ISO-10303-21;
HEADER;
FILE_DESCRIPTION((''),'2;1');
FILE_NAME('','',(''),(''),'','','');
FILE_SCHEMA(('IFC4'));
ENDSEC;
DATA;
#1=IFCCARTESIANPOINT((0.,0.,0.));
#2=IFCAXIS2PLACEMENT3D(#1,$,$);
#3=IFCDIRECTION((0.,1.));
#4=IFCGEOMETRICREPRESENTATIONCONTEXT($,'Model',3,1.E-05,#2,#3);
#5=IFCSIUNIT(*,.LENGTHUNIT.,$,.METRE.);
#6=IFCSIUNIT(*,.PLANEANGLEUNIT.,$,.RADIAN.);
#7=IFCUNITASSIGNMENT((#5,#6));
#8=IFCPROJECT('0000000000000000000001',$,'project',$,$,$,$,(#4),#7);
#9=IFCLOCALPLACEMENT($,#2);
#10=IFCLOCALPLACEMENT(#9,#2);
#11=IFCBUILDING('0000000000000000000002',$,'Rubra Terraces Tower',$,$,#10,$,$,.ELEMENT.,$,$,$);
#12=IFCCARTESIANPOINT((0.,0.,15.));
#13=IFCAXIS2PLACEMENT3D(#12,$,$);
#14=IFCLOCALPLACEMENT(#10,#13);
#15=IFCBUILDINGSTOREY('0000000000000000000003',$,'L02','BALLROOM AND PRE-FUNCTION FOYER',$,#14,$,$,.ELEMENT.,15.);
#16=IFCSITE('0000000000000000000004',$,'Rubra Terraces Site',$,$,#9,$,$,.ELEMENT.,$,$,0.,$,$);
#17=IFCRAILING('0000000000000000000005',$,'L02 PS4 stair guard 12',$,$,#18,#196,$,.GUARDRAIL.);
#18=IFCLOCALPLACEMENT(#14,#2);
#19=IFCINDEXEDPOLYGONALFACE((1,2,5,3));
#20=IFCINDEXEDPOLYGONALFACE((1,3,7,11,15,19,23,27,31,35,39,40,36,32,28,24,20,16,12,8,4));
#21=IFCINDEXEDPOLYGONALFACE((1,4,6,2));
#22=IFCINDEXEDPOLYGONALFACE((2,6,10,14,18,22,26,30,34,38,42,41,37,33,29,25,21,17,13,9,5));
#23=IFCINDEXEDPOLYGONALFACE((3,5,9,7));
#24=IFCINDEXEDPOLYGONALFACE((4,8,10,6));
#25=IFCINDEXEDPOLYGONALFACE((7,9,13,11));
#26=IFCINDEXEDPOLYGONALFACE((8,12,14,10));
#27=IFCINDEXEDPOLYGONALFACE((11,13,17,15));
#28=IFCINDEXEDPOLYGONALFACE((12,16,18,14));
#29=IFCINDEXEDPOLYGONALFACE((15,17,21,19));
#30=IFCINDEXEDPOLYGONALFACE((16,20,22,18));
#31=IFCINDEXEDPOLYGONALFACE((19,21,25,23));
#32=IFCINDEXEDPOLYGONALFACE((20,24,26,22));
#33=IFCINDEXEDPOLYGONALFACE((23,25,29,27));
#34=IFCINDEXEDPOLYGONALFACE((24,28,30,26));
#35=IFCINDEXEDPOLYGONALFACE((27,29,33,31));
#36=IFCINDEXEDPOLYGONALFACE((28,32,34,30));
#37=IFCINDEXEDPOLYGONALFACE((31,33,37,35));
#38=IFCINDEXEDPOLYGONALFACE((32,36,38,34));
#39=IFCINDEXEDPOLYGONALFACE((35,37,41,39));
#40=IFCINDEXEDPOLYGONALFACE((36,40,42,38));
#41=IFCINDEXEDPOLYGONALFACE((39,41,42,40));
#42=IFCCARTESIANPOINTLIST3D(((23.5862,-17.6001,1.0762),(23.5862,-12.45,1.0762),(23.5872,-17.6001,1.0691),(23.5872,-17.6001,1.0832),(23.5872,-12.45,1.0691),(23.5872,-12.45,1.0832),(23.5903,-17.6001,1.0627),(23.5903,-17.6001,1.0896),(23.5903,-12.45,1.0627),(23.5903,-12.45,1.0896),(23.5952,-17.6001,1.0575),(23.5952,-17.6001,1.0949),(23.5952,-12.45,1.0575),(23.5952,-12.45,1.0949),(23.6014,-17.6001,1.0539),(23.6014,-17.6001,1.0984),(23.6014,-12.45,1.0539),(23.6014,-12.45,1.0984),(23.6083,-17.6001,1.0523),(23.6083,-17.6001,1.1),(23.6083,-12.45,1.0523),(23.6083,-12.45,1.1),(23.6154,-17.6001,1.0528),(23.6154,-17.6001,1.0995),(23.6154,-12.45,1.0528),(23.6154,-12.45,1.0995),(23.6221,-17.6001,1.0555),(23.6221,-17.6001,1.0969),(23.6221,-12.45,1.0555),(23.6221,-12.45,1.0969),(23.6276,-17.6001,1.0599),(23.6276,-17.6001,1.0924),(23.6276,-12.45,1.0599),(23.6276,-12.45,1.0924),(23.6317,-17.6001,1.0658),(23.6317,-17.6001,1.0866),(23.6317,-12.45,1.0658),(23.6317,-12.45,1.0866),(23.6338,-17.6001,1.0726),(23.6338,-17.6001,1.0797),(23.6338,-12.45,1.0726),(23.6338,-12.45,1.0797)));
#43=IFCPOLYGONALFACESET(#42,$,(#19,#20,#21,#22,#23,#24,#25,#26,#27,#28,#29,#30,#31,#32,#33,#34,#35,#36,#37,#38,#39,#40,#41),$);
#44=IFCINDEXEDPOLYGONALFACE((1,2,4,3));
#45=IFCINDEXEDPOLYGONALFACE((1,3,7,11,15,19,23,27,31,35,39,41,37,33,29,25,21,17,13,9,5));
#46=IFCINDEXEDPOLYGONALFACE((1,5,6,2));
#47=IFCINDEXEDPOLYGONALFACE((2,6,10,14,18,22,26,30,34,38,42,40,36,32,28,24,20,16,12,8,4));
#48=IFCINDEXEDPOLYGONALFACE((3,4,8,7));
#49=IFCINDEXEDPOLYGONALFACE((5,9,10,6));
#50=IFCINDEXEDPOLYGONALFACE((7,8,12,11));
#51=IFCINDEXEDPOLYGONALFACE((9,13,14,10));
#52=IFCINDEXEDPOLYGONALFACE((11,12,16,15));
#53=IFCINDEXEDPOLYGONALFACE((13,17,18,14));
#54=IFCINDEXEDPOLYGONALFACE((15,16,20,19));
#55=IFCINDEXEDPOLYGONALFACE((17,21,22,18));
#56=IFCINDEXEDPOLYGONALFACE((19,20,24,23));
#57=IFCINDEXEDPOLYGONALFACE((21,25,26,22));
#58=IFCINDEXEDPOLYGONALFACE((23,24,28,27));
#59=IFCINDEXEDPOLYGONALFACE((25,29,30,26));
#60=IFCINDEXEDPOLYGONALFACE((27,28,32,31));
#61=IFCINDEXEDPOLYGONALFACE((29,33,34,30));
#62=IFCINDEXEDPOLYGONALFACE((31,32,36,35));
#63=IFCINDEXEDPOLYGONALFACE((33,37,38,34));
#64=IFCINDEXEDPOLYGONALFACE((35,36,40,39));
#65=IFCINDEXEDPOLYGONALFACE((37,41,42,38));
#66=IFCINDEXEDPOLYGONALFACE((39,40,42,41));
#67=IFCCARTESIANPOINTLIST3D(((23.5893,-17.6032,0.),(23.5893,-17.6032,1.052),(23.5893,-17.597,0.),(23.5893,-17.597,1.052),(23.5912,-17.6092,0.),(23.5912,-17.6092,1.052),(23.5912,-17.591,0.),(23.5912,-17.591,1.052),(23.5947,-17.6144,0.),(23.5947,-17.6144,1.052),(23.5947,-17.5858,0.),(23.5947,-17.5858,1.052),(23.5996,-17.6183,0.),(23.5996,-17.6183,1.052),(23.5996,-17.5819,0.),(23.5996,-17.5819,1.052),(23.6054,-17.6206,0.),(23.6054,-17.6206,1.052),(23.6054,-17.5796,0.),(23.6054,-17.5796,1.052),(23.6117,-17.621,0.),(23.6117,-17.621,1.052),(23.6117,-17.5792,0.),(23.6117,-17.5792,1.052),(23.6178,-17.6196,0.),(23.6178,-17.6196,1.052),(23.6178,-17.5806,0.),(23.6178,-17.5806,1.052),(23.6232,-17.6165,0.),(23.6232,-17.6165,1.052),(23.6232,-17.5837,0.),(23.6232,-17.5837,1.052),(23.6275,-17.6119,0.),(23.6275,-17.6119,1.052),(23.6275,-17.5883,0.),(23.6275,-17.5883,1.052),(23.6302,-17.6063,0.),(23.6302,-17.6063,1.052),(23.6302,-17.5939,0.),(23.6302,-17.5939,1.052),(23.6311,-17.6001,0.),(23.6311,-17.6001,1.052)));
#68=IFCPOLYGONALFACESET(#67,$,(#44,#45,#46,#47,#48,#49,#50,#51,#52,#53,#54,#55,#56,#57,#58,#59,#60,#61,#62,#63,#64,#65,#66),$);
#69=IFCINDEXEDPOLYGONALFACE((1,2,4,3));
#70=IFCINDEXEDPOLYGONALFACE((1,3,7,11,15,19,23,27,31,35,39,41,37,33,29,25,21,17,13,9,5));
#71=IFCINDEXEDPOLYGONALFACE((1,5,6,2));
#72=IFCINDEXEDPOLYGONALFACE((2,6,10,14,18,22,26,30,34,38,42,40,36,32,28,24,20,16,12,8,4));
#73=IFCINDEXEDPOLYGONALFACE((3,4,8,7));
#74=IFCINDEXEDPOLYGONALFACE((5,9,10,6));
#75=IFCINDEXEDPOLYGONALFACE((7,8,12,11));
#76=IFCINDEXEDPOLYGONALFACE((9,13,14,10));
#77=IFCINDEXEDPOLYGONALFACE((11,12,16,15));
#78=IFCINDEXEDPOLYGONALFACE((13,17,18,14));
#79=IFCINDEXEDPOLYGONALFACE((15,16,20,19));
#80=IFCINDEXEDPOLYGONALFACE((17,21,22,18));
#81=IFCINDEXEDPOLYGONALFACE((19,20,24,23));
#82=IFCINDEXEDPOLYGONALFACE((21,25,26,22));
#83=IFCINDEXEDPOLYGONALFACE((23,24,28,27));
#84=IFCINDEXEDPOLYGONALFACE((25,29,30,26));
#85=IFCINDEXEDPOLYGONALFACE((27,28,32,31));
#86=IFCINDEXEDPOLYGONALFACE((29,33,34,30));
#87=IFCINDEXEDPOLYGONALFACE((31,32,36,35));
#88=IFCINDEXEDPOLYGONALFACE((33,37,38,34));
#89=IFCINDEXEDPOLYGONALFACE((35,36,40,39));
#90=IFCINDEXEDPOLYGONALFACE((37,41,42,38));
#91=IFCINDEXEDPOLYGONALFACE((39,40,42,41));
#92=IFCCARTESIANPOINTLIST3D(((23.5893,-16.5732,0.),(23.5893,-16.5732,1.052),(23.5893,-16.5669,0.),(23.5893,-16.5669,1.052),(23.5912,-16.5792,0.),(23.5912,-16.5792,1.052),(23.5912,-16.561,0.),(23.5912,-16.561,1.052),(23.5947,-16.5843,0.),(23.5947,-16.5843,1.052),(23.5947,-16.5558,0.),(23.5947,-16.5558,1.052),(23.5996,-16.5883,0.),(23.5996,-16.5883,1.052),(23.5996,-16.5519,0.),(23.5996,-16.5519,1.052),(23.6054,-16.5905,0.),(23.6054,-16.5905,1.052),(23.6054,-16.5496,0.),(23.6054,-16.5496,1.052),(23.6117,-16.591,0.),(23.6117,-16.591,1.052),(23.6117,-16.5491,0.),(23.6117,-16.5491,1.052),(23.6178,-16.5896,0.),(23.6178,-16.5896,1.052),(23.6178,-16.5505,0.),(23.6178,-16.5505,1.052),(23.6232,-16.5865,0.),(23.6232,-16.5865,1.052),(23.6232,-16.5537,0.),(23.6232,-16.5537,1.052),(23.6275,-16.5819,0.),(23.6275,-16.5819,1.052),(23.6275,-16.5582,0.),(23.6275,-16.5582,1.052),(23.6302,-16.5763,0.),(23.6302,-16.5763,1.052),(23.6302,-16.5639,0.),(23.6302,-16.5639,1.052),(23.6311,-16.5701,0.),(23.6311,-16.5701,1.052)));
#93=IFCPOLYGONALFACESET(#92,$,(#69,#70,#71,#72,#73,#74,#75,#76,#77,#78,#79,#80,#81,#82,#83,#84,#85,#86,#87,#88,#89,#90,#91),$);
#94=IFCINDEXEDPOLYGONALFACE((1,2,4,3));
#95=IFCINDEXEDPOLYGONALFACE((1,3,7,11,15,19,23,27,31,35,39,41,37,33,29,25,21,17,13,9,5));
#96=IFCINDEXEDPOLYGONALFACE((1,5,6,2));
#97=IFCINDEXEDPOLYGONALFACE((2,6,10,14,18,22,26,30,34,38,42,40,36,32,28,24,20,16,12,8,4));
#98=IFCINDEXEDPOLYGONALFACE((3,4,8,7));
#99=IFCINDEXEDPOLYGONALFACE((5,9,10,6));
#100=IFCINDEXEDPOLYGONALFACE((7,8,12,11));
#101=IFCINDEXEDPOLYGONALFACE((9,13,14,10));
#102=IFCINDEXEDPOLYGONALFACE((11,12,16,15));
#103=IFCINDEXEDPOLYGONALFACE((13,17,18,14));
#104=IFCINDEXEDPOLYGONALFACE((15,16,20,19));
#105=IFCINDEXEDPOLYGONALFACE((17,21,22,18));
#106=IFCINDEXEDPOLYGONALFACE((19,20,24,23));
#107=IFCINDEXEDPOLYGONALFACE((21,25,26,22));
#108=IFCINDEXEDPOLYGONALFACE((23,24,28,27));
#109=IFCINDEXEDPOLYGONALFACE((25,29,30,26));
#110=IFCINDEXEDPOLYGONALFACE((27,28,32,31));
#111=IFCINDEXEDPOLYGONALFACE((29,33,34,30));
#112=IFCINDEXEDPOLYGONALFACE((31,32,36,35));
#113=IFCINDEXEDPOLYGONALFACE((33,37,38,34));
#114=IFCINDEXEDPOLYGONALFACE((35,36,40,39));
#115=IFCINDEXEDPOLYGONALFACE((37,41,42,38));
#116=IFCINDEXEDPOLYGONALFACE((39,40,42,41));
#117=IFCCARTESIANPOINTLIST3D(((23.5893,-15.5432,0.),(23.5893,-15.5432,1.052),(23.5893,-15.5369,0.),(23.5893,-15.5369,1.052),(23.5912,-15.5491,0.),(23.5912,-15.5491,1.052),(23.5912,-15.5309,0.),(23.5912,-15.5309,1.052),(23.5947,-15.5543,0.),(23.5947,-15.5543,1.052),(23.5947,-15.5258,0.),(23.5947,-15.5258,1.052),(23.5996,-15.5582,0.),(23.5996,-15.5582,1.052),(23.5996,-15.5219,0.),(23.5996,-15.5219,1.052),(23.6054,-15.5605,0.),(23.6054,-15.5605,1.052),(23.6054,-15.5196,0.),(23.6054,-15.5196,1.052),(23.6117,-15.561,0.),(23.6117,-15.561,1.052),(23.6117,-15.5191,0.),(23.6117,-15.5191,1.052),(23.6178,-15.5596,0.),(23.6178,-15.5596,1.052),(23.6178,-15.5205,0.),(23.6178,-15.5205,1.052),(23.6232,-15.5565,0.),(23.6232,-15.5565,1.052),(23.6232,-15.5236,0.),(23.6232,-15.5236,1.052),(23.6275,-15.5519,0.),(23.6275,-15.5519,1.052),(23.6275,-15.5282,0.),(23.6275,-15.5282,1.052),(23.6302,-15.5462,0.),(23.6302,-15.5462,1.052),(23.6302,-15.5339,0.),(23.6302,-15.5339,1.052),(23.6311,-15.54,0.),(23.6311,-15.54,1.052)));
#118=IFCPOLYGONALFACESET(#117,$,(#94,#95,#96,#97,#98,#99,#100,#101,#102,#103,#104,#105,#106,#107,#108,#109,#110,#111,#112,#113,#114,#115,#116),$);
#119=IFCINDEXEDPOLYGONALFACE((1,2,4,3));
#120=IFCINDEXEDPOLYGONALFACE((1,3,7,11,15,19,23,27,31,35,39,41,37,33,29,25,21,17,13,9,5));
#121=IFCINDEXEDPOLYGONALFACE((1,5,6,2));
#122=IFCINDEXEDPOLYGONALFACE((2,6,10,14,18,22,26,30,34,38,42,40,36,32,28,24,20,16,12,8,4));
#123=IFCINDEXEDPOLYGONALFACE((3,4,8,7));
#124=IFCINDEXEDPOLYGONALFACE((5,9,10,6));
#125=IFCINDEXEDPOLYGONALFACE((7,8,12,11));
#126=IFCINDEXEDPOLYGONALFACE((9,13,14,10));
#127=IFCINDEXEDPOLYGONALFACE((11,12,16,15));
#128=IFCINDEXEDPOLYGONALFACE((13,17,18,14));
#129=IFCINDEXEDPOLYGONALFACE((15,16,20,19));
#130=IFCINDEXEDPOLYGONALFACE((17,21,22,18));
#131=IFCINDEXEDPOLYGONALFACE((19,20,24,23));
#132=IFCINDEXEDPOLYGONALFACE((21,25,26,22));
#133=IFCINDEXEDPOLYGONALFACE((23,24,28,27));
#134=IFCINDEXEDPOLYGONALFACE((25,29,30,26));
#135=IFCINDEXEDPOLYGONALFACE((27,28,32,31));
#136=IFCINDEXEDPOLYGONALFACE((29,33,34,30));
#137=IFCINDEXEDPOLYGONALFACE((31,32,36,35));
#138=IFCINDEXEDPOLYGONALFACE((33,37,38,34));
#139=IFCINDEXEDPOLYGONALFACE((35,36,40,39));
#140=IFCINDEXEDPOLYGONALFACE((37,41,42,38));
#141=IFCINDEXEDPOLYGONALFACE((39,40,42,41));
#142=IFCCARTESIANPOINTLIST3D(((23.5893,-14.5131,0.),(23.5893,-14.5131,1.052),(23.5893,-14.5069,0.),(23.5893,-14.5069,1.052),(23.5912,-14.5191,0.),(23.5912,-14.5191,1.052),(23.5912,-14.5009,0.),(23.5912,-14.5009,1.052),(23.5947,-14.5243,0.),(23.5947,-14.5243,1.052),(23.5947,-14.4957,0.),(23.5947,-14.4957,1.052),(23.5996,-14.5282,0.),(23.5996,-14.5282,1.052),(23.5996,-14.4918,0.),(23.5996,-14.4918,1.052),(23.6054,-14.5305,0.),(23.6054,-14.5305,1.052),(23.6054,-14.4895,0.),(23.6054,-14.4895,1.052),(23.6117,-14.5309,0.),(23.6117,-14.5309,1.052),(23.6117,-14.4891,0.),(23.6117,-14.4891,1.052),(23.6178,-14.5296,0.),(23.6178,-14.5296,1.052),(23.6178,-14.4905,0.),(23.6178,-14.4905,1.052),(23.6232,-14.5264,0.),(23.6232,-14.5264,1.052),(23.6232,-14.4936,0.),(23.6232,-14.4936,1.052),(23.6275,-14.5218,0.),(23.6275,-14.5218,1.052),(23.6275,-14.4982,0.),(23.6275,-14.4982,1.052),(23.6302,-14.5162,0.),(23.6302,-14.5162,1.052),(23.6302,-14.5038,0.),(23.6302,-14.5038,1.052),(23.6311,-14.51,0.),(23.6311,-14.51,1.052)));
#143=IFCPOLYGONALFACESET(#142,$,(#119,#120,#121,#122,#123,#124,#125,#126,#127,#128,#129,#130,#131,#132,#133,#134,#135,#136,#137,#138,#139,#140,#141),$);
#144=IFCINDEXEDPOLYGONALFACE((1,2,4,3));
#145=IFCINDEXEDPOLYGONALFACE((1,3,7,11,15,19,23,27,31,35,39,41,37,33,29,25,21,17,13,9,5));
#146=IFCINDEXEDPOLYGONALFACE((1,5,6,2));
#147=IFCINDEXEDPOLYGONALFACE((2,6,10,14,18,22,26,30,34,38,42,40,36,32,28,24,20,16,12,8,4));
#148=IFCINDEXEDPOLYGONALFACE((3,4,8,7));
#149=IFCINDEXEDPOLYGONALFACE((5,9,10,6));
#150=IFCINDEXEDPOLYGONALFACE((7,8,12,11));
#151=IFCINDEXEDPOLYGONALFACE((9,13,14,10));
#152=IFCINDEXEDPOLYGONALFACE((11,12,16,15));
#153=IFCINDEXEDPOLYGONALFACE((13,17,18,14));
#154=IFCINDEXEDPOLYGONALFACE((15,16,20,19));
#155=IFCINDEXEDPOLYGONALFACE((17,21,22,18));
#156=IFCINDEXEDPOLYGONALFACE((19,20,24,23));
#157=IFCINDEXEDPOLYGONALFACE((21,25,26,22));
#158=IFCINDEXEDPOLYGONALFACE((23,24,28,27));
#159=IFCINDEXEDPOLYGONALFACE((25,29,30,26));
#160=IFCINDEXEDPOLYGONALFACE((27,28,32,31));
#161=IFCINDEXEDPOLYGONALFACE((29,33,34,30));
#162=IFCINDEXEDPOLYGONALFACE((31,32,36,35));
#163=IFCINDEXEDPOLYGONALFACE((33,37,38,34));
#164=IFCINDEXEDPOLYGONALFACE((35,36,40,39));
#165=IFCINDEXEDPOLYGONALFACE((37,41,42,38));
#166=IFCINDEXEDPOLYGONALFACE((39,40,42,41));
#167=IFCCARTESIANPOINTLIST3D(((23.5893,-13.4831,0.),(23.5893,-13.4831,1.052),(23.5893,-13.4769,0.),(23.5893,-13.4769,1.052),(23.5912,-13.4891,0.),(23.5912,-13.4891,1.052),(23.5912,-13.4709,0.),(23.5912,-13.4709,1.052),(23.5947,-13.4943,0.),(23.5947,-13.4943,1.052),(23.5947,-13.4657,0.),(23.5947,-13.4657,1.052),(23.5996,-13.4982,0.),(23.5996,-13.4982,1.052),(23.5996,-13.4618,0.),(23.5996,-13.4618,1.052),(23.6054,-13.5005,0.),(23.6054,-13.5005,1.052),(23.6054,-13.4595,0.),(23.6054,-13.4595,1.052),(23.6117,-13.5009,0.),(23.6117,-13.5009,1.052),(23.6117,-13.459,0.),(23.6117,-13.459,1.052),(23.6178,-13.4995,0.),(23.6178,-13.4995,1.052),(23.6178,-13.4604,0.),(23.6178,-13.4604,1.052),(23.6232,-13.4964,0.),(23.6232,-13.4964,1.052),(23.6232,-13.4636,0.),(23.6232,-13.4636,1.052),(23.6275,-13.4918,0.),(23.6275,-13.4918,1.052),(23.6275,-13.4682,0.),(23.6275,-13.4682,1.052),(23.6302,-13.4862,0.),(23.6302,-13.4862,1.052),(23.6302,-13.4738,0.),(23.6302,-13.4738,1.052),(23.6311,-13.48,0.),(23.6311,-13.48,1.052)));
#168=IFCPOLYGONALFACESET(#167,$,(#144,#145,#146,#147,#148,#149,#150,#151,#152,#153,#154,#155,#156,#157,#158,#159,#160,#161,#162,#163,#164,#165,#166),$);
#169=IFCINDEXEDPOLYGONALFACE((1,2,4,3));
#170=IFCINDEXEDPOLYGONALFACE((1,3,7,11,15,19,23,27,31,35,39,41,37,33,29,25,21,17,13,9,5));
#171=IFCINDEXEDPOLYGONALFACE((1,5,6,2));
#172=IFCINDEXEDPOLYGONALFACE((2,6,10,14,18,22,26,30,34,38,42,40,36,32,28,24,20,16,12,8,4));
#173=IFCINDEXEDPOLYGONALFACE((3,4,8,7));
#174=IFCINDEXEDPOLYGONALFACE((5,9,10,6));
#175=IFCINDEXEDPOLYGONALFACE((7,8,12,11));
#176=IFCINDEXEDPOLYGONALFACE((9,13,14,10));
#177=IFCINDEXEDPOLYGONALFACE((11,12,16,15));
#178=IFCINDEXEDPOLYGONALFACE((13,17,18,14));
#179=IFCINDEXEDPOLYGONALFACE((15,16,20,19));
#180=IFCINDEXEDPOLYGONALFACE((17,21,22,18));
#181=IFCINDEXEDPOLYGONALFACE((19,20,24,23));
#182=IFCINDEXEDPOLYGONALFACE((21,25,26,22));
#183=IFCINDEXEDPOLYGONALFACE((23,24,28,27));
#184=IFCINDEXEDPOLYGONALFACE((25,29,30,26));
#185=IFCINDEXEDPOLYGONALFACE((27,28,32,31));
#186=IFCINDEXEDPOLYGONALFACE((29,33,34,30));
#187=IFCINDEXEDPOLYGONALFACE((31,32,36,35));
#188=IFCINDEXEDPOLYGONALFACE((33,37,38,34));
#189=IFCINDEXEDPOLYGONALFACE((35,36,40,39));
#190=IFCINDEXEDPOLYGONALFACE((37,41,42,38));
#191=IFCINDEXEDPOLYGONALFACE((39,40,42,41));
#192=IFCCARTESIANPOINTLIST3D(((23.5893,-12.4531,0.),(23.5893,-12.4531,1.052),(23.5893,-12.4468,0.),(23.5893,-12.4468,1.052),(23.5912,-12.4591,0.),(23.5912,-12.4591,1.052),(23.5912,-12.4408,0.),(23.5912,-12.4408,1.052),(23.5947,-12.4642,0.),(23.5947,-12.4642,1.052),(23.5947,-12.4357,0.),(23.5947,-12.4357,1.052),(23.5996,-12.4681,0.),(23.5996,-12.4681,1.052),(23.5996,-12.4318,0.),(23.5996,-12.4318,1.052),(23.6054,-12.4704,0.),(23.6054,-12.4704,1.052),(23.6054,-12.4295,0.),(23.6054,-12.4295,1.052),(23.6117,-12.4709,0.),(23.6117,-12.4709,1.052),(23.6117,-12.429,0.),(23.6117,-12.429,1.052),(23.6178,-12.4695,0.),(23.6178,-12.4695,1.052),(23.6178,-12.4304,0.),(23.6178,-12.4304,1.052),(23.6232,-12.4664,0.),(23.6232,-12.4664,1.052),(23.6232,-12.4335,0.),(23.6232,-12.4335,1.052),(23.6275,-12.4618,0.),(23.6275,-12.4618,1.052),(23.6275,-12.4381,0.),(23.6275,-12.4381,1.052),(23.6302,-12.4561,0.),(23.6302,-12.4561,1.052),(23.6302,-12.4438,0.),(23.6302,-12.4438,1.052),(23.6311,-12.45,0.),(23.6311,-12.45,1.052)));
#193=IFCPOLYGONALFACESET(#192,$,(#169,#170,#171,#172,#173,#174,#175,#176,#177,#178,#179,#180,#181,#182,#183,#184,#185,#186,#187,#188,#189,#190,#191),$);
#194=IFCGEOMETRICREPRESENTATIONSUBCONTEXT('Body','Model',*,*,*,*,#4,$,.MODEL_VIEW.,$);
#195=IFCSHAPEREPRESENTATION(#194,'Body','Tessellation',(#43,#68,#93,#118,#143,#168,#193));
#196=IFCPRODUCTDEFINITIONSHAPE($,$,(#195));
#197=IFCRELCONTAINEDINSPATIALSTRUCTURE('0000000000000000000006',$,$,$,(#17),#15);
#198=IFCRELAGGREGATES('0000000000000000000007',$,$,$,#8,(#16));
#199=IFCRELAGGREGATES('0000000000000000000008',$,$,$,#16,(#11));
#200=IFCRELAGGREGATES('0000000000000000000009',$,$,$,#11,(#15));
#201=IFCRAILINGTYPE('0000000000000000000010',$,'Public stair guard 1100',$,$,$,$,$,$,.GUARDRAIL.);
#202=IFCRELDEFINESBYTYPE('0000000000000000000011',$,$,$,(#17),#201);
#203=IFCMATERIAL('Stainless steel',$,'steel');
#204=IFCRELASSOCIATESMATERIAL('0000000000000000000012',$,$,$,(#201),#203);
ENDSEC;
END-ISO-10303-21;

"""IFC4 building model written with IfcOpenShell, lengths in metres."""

from ifc_helpers import new_model, si_unit, direction, frame, origin, origin_2d, place, context, subcontext, project, spatial, circle, extrude, material, type_object, element, save


model = new_model("IFC4")

# Units and contexts
model_context = context("Model", 3, precision=1e-05, world=origin(), true_north=direction((0.0, 1.0)))
body_context = subcontext(model_context, "Body", "Model", "MODEL_VIEW")
ifc_project = project(units=[si_unit("LENGTHUNIT", "METRE"), si_unit("PLANEANGLEUNIT", "RADIAN")], contexts=[model_context])

# Site, building, storey
site_placement = place(None, origin())
site = spatial("IfcSite", under=ifc_project, at=site_placement, Name="Rubra Terraces Site", CompositionType="ELEMENT", RefElevation=0.0)
building_placement = place(site_placement, origin())
building = spatial("IfcBuilding", under=site, at=building_placement, Name="Rubra Terraces Tower", CompositionType="ELEMENT")
storey_placement = place(building_placement, frame((0.0, 0.0, 15.0)))
storey = spatial("IfcBuildingStorey", under=building, at=storey_placement, Name="L02", Description="BALLROOM AND PRE-FUNCTION FOYER", CompositionType="ELEMENT", Elevation=15.0)

# Railing
ifc_material_1 = material(Name="Stainless steel", Category="steel")
railing_type = type_object("IfcRailingType", Name="Public stair guard 1100", PredefinedType="GUARDRAIL", material=ifc_material_1)
railing_1_placement = place(storey_placement, frame((23.6101, -17.6001, 0.0)))
element("IfcRailing", 1, at=railing_1_placement, inside=storey, type_object=railing_type, Name="L02 PS4 stair guard 12", PredefinedType="GUARDRAIL", context=body_context, shape_type="SweptSolid", body=[
    extrude(circle(Radius=0.0239, at=origin_2d()), frame((0.0, 0.0, 1.0762), z_axis=(0.0, 1.0, 0.0), x_axis=(-1.0, 0.0, 0.0)), (0.0, 0.0, 1.0), 5.1501),
    extrude(circle(Radius=0.021, at=origin_2d()), origin(), (0.0, 0.0, 1.0), 1.052),
    extrude(circle(Radius=0.021, at=origin_2d()), frame((0.0, 1.03, 0.0)), (0.0, 0.0, 1.0), 1.052),
    extrude(circle(Radius=0.021, at=origin_2d()), frame((0.0, 2.0601, 0.0)), (0.0, 0.0, 1.0), 1.052),
    extrude(circle(Radius=0.021, at=origin_2d()), frame((0.0, 3.0901, 0.0)), (0.0, 0.0, 1.0), 1.052),
    extrude(circle(Radius=0.021, at=origin_2d()), frame((0.0, 4.1201, 0.0)), (0.0, 0.0, 1.0), 1.052),
    extrude(circle(Radius=0.021, at=origin_2d()), frame((0.0, 5.1501, 0.0)), (0.0, 0.0, 1.0), 1.052),
])

save(model, "model.ifc")
